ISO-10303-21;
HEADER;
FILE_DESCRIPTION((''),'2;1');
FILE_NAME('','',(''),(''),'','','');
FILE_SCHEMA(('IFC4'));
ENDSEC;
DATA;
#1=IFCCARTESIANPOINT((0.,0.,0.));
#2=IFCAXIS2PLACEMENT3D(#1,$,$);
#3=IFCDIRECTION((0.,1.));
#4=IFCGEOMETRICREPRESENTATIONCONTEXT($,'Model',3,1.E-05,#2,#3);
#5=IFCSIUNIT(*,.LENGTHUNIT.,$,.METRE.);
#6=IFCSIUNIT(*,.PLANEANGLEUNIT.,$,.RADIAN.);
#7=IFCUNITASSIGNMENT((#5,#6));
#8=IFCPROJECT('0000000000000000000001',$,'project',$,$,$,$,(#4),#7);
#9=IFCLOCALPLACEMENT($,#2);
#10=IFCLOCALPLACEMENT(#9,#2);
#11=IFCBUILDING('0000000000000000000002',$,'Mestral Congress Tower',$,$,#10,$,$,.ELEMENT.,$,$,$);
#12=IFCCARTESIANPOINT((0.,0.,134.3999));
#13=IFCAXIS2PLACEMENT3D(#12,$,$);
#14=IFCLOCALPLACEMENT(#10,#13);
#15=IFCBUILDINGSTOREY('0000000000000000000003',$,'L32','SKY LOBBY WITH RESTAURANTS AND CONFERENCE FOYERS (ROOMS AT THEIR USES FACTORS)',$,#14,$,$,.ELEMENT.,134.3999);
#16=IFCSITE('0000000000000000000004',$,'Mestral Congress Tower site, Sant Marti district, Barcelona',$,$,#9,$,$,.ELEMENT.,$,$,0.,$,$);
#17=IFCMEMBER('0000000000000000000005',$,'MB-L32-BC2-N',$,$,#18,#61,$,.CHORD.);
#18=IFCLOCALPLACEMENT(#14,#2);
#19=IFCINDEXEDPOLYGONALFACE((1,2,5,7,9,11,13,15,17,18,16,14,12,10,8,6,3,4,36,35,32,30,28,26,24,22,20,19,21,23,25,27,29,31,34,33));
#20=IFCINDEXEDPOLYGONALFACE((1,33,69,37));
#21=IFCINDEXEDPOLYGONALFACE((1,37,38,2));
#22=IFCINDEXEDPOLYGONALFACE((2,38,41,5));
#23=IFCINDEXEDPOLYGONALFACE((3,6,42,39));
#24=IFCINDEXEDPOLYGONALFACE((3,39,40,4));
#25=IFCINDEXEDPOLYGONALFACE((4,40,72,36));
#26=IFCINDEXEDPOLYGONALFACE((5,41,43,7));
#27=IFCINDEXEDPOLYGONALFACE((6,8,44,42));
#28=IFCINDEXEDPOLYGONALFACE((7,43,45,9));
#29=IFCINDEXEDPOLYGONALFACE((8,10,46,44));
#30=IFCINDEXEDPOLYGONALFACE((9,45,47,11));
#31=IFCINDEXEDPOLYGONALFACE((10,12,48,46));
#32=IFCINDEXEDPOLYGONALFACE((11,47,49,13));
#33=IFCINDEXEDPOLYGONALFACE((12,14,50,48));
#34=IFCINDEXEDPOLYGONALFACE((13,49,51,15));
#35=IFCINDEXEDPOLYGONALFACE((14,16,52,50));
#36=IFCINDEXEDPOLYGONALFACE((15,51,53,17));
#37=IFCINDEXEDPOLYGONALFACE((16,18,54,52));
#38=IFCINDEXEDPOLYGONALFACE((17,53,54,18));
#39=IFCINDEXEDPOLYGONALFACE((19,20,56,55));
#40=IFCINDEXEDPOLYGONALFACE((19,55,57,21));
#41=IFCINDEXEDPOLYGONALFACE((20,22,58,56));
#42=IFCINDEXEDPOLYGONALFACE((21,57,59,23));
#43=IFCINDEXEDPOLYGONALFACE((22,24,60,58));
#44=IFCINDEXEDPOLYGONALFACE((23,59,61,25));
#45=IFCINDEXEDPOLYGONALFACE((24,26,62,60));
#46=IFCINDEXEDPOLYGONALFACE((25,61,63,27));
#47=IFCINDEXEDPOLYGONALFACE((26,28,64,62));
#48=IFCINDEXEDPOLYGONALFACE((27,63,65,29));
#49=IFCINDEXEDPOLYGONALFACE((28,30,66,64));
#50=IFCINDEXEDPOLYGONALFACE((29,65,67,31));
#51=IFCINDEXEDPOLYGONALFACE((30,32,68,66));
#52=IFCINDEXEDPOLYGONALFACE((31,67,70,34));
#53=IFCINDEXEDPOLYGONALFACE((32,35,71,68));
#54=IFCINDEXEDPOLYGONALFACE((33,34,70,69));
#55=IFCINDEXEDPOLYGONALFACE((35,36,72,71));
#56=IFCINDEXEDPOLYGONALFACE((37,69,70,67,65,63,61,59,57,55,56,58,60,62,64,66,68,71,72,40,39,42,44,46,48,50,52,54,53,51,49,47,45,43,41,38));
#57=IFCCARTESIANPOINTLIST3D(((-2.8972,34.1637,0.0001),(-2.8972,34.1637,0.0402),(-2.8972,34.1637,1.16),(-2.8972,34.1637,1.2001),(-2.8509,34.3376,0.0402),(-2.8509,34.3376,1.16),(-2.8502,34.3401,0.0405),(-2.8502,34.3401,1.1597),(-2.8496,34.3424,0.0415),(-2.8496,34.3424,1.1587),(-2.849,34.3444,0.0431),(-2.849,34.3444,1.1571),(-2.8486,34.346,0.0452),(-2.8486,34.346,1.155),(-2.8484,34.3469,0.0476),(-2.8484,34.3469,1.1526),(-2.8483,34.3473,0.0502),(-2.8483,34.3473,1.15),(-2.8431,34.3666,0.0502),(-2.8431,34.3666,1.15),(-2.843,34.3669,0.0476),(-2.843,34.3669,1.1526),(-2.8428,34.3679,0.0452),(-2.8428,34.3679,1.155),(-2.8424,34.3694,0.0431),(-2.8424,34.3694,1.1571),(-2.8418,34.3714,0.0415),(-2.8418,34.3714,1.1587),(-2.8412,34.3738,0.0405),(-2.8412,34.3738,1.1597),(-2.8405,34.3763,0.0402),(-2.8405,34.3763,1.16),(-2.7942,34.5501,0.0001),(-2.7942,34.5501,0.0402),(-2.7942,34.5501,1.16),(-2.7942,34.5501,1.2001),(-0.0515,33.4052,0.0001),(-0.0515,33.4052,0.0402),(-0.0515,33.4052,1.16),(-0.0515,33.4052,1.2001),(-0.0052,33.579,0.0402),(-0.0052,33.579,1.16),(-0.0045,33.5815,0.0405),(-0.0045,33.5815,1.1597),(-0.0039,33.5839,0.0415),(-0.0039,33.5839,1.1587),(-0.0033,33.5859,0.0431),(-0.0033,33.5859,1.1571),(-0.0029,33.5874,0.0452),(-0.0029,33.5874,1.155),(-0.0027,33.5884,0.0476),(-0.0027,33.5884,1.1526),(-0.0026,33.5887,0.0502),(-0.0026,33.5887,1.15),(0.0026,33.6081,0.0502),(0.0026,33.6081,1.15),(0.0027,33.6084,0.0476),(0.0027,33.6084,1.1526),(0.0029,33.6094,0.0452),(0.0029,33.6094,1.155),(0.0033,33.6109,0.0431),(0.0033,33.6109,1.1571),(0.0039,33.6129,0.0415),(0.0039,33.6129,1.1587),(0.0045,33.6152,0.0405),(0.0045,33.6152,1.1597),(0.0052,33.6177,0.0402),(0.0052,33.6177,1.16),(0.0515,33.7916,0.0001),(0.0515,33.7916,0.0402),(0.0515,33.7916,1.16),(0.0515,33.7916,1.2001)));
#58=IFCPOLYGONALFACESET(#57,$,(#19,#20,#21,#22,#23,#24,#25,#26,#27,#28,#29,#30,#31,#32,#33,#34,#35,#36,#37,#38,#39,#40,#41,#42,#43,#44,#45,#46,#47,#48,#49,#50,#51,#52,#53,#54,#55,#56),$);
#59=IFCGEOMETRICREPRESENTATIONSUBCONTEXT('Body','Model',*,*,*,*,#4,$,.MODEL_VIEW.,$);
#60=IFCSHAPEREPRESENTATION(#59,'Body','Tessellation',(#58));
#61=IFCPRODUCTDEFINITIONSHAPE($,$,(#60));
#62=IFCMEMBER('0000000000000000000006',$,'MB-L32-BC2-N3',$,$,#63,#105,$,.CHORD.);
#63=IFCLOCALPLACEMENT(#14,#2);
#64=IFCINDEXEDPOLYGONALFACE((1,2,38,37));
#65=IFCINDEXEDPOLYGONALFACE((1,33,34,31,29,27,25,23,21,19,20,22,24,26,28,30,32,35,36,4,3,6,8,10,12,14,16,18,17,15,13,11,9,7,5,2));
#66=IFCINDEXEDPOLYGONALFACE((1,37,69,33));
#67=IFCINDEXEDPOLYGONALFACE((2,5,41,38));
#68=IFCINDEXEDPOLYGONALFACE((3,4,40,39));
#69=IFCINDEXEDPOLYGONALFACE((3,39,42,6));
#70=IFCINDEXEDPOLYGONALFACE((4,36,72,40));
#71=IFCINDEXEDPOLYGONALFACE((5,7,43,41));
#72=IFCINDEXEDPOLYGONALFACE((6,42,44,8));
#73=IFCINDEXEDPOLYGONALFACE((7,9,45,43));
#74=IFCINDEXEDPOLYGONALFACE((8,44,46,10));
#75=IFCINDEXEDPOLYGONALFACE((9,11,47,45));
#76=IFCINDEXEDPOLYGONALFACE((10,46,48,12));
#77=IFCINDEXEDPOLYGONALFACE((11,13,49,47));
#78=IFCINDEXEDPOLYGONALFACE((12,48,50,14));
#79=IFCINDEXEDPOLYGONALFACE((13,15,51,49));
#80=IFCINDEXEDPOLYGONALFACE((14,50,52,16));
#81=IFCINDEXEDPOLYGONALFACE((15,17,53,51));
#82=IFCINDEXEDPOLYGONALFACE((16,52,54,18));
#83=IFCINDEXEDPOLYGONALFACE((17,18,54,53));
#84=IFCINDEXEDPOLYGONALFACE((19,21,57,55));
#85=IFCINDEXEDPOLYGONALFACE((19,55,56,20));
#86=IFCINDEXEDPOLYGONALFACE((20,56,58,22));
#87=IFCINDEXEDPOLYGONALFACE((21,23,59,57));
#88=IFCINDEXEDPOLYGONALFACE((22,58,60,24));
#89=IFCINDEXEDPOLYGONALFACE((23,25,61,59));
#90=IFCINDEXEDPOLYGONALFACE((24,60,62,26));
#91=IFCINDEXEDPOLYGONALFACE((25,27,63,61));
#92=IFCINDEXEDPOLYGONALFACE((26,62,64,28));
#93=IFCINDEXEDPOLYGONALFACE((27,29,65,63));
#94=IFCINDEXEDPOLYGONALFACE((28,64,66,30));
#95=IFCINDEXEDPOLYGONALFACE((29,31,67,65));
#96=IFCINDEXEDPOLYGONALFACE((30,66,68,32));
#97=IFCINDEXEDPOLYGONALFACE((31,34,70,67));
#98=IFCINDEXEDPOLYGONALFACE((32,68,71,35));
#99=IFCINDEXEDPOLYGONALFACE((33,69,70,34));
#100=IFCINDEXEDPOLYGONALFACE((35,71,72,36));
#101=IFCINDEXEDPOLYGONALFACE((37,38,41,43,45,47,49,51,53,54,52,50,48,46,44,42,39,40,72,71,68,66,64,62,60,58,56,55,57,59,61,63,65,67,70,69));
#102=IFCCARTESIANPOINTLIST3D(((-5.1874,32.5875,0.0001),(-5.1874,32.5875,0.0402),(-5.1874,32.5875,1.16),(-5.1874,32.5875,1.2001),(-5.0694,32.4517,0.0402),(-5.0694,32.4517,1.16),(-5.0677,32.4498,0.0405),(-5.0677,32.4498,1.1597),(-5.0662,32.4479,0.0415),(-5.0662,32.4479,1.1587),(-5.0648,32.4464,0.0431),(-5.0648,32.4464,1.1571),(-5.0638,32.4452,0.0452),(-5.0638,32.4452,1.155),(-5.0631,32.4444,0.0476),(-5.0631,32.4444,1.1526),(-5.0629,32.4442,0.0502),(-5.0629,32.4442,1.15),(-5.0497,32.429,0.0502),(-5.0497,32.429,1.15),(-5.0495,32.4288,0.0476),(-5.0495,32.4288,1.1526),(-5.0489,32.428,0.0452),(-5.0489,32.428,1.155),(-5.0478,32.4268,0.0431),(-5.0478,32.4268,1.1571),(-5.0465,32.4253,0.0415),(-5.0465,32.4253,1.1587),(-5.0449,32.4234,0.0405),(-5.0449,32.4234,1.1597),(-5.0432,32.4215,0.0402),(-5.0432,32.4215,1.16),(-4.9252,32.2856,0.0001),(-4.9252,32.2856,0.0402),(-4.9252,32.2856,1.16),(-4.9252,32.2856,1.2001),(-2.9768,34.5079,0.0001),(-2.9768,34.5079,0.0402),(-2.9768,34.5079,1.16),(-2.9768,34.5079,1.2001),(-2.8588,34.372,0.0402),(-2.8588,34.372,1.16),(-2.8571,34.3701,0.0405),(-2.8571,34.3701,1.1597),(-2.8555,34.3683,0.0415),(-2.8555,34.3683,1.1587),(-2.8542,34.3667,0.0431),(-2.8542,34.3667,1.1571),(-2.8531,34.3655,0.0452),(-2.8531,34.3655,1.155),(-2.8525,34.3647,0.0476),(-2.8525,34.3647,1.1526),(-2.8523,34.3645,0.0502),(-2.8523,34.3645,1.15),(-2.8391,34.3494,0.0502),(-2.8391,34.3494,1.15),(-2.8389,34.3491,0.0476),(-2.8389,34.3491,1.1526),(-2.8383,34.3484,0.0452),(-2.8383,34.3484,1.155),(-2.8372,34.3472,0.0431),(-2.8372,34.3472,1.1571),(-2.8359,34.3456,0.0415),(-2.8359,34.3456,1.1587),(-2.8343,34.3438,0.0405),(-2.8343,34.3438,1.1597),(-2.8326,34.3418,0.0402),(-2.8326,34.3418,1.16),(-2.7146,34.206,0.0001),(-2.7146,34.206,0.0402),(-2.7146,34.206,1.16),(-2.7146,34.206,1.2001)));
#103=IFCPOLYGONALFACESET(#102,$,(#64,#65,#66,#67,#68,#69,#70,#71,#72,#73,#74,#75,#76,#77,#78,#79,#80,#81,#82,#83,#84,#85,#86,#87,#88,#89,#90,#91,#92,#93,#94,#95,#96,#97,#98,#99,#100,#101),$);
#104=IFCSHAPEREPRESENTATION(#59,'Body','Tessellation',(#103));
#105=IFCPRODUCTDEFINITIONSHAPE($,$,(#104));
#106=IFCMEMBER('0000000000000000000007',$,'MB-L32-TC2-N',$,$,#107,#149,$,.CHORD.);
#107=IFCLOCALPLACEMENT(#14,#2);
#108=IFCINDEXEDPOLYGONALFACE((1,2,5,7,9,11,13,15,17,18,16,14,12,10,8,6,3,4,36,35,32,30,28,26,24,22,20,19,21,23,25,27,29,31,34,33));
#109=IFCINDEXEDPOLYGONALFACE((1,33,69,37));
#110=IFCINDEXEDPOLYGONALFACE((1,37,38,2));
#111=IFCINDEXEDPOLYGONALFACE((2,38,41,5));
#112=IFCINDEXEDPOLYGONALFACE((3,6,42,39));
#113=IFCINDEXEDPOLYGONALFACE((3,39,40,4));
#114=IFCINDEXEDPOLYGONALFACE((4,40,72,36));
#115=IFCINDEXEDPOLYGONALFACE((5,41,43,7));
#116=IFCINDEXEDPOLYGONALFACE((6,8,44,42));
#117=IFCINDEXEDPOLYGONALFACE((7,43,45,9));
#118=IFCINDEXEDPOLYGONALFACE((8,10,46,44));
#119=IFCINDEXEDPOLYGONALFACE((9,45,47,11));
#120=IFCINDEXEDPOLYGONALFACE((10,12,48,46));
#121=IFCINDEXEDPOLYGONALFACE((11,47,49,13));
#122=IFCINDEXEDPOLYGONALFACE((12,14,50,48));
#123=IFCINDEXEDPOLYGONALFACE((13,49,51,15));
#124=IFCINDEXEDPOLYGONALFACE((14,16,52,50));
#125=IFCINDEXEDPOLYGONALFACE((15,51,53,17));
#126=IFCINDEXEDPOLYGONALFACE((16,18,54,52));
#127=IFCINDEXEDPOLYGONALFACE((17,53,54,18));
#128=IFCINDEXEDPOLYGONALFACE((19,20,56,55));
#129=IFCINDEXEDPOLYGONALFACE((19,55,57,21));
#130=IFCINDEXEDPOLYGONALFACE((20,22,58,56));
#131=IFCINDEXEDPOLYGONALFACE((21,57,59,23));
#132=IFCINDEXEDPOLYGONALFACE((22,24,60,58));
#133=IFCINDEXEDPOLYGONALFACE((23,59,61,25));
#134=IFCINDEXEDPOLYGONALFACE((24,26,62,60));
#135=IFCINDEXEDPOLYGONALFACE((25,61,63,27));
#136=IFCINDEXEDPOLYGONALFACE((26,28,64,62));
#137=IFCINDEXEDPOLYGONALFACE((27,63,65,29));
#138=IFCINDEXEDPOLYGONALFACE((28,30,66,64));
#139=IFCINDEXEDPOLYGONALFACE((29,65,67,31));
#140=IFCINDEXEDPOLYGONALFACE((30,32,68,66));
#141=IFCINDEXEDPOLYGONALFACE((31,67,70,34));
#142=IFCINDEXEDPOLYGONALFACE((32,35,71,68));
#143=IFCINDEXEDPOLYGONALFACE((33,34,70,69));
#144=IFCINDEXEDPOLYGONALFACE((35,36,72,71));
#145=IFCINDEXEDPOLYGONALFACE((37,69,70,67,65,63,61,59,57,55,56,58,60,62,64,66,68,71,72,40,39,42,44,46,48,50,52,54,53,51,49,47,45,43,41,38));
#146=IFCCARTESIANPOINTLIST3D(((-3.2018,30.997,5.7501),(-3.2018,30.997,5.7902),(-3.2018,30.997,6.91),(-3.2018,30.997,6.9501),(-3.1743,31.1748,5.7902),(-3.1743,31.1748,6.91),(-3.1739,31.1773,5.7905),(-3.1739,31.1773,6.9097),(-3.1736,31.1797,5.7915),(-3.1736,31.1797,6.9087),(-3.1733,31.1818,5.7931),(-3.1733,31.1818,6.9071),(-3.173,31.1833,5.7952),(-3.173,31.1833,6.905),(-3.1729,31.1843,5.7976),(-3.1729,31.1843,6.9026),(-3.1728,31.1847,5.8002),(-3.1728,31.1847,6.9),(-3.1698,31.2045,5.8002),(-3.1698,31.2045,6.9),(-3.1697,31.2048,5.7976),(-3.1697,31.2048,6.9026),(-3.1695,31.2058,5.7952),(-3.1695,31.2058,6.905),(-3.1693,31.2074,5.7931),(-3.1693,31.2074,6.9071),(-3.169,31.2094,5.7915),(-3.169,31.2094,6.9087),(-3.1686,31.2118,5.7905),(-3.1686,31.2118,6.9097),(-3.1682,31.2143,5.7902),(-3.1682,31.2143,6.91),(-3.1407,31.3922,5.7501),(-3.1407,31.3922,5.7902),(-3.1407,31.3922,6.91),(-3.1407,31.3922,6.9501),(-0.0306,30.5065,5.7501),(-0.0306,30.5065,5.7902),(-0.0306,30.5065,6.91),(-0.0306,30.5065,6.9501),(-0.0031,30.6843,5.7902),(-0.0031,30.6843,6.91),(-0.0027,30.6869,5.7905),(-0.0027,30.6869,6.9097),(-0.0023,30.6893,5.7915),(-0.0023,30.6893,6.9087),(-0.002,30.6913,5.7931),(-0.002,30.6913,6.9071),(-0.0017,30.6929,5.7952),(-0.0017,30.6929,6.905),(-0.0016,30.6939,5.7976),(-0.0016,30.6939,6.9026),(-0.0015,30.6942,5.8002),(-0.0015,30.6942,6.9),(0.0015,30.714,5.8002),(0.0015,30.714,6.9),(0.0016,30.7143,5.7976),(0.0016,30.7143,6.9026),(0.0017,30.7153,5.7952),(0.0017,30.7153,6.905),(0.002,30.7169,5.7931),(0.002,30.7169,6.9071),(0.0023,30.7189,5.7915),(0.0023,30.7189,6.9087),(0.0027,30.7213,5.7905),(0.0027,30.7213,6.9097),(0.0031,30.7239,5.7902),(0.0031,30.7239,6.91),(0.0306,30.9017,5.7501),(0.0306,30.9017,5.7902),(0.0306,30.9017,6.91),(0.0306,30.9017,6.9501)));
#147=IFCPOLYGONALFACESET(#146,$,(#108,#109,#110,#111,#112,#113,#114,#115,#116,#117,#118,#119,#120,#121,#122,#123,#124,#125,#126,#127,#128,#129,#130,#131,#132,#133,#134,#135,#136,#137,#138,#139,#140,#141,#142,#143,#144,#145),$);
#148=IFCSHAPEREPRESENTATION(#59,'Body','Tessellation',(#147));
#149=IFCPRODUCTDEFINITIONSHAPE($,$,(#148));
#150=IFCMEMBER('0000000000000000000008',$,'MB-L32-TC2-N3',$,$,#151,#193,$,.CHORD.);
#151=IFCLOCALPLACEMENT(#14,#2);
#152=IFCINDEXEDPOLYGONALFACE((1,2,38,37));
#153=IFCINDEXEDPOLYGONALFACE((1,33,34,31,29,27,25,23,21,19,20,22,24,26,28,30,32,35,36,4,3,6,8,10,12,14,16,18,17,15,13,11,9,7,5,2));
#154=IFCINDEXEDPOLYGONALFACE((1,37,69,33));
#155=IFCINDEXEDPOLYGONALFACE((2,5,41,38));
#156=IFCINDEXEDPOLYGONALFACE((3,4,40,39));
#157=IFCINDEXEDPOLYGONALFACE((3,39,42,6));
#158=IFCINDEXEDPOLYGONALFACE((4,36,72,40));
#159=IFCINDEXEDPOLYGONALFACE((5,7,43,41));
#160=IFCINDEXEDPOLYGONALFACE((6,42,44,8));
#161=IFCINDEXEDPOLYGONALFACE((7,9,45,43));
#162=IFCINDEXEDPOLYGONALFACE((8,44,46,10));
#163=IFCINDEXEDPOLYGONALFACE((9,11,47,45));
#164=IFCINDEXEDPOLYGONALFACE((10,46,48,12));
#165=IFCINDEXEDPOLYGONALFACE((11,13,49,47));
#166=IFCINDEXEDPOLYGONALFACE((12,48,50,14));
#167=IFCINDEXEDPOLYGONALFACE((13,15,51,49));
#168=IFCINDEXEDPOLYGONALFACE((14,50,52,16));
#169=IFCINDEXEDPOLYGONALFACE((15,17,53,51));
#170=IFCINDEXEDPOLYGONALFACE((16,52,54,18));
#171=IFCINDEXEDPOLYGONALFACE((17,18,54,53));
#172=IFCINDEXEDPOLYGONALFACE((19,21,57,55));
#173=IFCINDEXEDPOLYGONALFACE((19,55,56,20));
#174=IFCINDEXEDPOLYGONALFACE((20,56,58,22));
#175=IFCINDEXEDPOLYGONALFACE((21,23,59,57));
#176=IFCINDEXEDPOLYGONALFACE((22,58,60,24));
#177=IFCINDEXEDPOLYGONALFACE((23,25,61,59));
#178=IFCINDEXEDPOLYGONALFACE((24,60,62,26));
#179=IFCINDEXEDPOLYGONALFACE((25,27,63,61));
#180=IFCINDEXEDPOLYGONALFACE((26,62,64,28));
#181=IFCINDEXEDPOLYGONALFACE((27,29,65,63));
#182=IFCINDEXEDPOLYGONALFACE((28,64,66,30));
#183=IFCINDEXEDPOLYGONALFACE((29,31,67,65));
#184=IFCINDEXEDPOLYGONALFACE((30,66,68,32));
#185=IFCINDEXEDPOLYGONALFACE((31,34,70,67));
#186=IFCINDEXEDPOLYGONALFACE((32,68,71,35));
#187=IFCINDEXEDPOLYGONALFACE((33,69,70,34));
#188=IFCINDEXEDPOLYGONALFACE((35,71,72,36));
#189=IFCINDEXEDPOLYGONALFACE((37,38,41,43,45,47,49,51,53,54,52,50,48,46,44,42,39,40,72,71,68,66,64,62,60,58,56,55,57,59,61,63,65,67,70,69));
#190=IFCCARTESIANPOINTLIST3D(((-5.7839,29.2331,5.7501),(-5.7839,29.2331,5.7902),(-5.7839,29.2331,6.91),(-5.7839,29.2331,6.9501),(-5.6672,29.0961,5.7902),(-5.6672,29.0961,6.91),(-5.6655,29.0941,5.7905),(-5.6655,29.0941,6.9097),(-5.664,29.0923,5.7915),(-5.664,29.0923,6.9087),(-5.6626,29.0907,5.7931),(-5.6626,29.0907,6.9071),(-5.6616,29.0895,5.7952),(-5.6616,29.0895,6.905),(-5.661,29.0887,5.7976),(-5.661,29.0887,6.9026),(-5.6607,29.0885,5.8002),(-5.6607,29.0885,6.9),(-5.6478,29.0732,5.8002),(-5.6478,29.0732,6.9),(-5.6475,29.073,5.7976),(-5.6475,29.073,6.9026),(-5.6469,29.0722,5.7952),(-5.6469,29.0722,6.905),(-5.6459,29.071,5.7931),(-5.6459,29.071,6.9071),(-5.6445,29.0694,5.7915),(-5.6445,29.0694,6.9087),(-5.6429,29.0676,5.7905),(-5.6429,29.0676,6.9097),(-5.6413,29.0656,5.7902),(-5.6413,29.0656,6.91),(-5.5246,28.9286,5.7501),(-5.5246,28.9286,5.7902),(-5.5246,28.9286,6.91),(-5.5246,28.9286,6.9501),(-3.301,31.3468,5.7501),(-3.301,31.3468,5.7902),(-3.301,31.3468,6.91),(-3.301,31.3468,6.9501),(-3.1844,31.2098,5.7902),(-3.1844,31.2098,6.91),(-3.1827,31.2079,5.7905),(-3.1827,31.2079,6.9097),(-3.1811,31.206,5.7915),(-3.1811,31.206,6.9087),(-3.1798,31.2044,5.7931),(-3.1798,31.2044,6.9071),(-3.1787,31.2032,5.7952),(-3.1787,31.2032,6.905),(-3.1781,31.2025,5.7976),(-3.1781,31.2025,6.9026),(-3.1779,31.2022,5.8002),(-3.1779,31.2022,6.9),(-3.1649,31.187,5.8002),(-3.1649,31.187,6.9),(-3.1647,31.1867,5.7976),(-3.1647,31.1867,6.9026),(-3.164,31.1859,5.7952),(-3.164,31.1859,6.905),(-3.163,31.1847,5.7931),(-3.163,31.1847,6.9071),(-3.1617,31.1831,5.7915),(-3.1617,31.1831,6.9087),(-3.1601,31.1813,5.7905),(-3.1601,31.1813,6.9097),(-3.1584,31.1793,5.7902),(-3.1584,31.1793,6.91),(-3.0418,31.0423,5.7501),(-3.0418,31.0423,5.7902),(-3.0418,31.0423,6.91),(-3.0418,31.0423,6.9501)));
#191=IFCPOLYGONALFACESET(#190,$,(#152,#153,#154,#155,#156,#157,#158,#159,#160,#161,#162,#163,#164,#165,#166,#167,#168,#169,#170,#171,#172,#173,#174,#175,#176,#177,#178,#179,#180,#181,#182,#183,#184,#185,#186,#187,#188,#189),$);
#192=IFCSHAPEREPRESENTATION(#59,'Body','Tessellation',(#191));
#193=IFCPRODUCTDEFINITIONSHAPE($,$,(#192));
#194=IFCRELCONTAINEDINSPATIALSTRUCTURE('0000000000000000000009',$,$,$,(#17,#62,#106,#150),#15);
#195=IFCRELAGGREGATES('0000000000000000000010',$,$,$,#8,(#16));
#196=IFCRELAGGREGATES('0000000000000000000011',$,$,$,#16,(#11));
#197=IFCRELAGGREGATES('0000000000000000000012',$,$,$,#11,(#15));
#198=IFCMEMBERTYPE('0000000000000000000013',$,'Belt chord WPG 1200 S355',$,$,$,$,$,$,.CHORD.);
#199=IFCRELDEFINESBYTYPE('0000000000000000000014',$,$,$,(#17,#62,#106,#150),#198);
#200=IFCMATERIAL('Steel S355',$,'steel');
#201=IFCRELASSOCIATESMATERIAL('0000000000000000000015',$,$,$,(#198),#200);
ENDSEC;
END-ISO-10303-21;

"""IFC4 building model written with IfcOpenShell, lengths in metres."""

from ifc_helpers import new_model, si_unit, direction, frame, origin, origin_2d, place, context, subcontext, project, spatial, i_section, extrude, material, material_profile, profile_set, type_object, element, save


model = new_model("IFC4")

# Units and contexts
model_context = context("Model", 3, precision=1e-05, world=origin(), true_north=direction((0.0, 1.0)))
body_context = subcontext(model_context, "Body", "Model", "MODEL_VIEW")
ifc_project = project(units=[si_unit("LENGTHUNIT", "METRE"), si_unit("PLANEANGLEUNIT", "RADIAN")], contexts=[model_context])

# Site, building, storey
site_placement = place(None, origin())
site = spatial("IfcSite", under=ifc_project, at=site_placement, Name="Mestral Congress Tower site, Sant Marti district, Barcelona", CompositionType="ELEMENT", RefElevation=0.0)
building_placement = place(site_placement, origin())
building = spatial("IfcBuilding", under=site, at=building_placement, Name="Mestral Congress Tower", CompositionType="ELEMENT")
storey_placement = place(building_placement, frame((0.0, 0.0, 134.3999)))
storey = spatial("IfcBuildingStorey", under=building, at=storey_placement, Name="L32", Description="SKY LOBBY WITH RESTAURANTS AND CONFERENCE FOYERS (ROOMS AT THEIR USES FACTORS)", CompositionType="ELEMENT", Elevation=134.3999)

# Members
ifc_material_1 = material(Name="Steel S355", Category="steel")
ifc_material_profile_1 = material_profile(ifc_material_1, i_section(OverallWidth=0.3999, OverallDepth=1.2, WebThickness=0.02, FlangeThickness=0.04, FilletRadius=0.01, at=origin_2d()), Name="WPG 1200")
ifc_profile_set_1 = profile_set([ifc_material_profile_1], Name="Steel S355")
member_type_1 = type_object("IfcMemberType", Name="Belt chord WPG 1200 S355", PredefinedType="CHORD", material=ifc_profile_set_1)
member_1_placement = place(storey_placement, frame((0.0, 33.5984, 0.6001), z_axis=(-0.966261, 0.257565, 0.0), x_axis=(-0.257565, -0.966261, 0.0)))
element("IfcMember", 1, at=member_1_placement, inside=storey, type_object=member_type_1, Name="MB-L32-BC2-N", PredefinedType="CHORD", context=body_context, shape_type="SweptSolid", body=[
    extrude(i_section(OverallWidth=0.3999, OverallDepth=1.2, WebThickness=0.02, FlangeThickness=0.04, FilletRadius=0.01, at=origin_2d()), origin(), (0.0, 0.0, 1.0), 2.9451),
])
member_2_placement = place(storey_placement, frame((-2.8457, 34.3569, 0.6001), z_axis=(-0.754932, -0.655803, 0.0), x_axis=(0.655803, -0.754932, 0.0)))
element("IfcMember", 2, at=member_2_placement, inside=storey, type_object=member_type_1, Name="MB-L32-BC2-N3", PredefinedType="CHORD", context=body_context, shape_type="SweptSolid", body=[
    extrude(i_section(OverallWidth=0.3999, OverallDepth=1.2, WebThickness=0.02, FlangeThickness=0.04, FilletRadius=0.01, at=origin_2d()), origin(), (0.0, 0.0, 1.0), 2.9282),
])
member_3_placement = place(storey_placement, frame((0.0, 30.7041, 6.3501), z_axis=(-0.988251, 0.15284, 0.0), x_axis=(-0.15284, -0.988251, 0.0)))
element("IfcMember", 3, at=member_3_placement, inside=storey, type_object=member_type_1, Name="MB-L32-TC2-N", PredefinedType="CHORD", context=body_context, shape_type="SweptSolid", body=[
    extrude(i_section(OverallWidth=0.3999, OverallDepth=1.2, WebThickness=0.02, FlangeThickness=0.04, FilletRadius=0.01, at=origin_2d()), origin(), (0.0, 0.0, 1.0), 3.209),
])
member_4_placement = place(storey_placement, frame((-3.1714, 31.1946, 6.3501), z_axis=(-0.76144, -0.648235, 0.0), x_axis=(0.648235, -0.76144, 0.0)))
element("IfcMember", 4, at=member_4_placement, inside=storey, type_object=member_type_1, Name="MB-L32-TC2-N3", PredefinedType="CHORD", context=body_context, shape_type="SweptSolid", body=[
    extrude(i_section(OverallWidth=0.3999, OverallDepth=1.2, WebThickness=0.02, FlangeThickness=0.04, FilletRadius=0.01, at=origin_2d()), origin(), (0.0, 0.0, 1.0), 3.2607),
])

save(model, "model.ifc")
